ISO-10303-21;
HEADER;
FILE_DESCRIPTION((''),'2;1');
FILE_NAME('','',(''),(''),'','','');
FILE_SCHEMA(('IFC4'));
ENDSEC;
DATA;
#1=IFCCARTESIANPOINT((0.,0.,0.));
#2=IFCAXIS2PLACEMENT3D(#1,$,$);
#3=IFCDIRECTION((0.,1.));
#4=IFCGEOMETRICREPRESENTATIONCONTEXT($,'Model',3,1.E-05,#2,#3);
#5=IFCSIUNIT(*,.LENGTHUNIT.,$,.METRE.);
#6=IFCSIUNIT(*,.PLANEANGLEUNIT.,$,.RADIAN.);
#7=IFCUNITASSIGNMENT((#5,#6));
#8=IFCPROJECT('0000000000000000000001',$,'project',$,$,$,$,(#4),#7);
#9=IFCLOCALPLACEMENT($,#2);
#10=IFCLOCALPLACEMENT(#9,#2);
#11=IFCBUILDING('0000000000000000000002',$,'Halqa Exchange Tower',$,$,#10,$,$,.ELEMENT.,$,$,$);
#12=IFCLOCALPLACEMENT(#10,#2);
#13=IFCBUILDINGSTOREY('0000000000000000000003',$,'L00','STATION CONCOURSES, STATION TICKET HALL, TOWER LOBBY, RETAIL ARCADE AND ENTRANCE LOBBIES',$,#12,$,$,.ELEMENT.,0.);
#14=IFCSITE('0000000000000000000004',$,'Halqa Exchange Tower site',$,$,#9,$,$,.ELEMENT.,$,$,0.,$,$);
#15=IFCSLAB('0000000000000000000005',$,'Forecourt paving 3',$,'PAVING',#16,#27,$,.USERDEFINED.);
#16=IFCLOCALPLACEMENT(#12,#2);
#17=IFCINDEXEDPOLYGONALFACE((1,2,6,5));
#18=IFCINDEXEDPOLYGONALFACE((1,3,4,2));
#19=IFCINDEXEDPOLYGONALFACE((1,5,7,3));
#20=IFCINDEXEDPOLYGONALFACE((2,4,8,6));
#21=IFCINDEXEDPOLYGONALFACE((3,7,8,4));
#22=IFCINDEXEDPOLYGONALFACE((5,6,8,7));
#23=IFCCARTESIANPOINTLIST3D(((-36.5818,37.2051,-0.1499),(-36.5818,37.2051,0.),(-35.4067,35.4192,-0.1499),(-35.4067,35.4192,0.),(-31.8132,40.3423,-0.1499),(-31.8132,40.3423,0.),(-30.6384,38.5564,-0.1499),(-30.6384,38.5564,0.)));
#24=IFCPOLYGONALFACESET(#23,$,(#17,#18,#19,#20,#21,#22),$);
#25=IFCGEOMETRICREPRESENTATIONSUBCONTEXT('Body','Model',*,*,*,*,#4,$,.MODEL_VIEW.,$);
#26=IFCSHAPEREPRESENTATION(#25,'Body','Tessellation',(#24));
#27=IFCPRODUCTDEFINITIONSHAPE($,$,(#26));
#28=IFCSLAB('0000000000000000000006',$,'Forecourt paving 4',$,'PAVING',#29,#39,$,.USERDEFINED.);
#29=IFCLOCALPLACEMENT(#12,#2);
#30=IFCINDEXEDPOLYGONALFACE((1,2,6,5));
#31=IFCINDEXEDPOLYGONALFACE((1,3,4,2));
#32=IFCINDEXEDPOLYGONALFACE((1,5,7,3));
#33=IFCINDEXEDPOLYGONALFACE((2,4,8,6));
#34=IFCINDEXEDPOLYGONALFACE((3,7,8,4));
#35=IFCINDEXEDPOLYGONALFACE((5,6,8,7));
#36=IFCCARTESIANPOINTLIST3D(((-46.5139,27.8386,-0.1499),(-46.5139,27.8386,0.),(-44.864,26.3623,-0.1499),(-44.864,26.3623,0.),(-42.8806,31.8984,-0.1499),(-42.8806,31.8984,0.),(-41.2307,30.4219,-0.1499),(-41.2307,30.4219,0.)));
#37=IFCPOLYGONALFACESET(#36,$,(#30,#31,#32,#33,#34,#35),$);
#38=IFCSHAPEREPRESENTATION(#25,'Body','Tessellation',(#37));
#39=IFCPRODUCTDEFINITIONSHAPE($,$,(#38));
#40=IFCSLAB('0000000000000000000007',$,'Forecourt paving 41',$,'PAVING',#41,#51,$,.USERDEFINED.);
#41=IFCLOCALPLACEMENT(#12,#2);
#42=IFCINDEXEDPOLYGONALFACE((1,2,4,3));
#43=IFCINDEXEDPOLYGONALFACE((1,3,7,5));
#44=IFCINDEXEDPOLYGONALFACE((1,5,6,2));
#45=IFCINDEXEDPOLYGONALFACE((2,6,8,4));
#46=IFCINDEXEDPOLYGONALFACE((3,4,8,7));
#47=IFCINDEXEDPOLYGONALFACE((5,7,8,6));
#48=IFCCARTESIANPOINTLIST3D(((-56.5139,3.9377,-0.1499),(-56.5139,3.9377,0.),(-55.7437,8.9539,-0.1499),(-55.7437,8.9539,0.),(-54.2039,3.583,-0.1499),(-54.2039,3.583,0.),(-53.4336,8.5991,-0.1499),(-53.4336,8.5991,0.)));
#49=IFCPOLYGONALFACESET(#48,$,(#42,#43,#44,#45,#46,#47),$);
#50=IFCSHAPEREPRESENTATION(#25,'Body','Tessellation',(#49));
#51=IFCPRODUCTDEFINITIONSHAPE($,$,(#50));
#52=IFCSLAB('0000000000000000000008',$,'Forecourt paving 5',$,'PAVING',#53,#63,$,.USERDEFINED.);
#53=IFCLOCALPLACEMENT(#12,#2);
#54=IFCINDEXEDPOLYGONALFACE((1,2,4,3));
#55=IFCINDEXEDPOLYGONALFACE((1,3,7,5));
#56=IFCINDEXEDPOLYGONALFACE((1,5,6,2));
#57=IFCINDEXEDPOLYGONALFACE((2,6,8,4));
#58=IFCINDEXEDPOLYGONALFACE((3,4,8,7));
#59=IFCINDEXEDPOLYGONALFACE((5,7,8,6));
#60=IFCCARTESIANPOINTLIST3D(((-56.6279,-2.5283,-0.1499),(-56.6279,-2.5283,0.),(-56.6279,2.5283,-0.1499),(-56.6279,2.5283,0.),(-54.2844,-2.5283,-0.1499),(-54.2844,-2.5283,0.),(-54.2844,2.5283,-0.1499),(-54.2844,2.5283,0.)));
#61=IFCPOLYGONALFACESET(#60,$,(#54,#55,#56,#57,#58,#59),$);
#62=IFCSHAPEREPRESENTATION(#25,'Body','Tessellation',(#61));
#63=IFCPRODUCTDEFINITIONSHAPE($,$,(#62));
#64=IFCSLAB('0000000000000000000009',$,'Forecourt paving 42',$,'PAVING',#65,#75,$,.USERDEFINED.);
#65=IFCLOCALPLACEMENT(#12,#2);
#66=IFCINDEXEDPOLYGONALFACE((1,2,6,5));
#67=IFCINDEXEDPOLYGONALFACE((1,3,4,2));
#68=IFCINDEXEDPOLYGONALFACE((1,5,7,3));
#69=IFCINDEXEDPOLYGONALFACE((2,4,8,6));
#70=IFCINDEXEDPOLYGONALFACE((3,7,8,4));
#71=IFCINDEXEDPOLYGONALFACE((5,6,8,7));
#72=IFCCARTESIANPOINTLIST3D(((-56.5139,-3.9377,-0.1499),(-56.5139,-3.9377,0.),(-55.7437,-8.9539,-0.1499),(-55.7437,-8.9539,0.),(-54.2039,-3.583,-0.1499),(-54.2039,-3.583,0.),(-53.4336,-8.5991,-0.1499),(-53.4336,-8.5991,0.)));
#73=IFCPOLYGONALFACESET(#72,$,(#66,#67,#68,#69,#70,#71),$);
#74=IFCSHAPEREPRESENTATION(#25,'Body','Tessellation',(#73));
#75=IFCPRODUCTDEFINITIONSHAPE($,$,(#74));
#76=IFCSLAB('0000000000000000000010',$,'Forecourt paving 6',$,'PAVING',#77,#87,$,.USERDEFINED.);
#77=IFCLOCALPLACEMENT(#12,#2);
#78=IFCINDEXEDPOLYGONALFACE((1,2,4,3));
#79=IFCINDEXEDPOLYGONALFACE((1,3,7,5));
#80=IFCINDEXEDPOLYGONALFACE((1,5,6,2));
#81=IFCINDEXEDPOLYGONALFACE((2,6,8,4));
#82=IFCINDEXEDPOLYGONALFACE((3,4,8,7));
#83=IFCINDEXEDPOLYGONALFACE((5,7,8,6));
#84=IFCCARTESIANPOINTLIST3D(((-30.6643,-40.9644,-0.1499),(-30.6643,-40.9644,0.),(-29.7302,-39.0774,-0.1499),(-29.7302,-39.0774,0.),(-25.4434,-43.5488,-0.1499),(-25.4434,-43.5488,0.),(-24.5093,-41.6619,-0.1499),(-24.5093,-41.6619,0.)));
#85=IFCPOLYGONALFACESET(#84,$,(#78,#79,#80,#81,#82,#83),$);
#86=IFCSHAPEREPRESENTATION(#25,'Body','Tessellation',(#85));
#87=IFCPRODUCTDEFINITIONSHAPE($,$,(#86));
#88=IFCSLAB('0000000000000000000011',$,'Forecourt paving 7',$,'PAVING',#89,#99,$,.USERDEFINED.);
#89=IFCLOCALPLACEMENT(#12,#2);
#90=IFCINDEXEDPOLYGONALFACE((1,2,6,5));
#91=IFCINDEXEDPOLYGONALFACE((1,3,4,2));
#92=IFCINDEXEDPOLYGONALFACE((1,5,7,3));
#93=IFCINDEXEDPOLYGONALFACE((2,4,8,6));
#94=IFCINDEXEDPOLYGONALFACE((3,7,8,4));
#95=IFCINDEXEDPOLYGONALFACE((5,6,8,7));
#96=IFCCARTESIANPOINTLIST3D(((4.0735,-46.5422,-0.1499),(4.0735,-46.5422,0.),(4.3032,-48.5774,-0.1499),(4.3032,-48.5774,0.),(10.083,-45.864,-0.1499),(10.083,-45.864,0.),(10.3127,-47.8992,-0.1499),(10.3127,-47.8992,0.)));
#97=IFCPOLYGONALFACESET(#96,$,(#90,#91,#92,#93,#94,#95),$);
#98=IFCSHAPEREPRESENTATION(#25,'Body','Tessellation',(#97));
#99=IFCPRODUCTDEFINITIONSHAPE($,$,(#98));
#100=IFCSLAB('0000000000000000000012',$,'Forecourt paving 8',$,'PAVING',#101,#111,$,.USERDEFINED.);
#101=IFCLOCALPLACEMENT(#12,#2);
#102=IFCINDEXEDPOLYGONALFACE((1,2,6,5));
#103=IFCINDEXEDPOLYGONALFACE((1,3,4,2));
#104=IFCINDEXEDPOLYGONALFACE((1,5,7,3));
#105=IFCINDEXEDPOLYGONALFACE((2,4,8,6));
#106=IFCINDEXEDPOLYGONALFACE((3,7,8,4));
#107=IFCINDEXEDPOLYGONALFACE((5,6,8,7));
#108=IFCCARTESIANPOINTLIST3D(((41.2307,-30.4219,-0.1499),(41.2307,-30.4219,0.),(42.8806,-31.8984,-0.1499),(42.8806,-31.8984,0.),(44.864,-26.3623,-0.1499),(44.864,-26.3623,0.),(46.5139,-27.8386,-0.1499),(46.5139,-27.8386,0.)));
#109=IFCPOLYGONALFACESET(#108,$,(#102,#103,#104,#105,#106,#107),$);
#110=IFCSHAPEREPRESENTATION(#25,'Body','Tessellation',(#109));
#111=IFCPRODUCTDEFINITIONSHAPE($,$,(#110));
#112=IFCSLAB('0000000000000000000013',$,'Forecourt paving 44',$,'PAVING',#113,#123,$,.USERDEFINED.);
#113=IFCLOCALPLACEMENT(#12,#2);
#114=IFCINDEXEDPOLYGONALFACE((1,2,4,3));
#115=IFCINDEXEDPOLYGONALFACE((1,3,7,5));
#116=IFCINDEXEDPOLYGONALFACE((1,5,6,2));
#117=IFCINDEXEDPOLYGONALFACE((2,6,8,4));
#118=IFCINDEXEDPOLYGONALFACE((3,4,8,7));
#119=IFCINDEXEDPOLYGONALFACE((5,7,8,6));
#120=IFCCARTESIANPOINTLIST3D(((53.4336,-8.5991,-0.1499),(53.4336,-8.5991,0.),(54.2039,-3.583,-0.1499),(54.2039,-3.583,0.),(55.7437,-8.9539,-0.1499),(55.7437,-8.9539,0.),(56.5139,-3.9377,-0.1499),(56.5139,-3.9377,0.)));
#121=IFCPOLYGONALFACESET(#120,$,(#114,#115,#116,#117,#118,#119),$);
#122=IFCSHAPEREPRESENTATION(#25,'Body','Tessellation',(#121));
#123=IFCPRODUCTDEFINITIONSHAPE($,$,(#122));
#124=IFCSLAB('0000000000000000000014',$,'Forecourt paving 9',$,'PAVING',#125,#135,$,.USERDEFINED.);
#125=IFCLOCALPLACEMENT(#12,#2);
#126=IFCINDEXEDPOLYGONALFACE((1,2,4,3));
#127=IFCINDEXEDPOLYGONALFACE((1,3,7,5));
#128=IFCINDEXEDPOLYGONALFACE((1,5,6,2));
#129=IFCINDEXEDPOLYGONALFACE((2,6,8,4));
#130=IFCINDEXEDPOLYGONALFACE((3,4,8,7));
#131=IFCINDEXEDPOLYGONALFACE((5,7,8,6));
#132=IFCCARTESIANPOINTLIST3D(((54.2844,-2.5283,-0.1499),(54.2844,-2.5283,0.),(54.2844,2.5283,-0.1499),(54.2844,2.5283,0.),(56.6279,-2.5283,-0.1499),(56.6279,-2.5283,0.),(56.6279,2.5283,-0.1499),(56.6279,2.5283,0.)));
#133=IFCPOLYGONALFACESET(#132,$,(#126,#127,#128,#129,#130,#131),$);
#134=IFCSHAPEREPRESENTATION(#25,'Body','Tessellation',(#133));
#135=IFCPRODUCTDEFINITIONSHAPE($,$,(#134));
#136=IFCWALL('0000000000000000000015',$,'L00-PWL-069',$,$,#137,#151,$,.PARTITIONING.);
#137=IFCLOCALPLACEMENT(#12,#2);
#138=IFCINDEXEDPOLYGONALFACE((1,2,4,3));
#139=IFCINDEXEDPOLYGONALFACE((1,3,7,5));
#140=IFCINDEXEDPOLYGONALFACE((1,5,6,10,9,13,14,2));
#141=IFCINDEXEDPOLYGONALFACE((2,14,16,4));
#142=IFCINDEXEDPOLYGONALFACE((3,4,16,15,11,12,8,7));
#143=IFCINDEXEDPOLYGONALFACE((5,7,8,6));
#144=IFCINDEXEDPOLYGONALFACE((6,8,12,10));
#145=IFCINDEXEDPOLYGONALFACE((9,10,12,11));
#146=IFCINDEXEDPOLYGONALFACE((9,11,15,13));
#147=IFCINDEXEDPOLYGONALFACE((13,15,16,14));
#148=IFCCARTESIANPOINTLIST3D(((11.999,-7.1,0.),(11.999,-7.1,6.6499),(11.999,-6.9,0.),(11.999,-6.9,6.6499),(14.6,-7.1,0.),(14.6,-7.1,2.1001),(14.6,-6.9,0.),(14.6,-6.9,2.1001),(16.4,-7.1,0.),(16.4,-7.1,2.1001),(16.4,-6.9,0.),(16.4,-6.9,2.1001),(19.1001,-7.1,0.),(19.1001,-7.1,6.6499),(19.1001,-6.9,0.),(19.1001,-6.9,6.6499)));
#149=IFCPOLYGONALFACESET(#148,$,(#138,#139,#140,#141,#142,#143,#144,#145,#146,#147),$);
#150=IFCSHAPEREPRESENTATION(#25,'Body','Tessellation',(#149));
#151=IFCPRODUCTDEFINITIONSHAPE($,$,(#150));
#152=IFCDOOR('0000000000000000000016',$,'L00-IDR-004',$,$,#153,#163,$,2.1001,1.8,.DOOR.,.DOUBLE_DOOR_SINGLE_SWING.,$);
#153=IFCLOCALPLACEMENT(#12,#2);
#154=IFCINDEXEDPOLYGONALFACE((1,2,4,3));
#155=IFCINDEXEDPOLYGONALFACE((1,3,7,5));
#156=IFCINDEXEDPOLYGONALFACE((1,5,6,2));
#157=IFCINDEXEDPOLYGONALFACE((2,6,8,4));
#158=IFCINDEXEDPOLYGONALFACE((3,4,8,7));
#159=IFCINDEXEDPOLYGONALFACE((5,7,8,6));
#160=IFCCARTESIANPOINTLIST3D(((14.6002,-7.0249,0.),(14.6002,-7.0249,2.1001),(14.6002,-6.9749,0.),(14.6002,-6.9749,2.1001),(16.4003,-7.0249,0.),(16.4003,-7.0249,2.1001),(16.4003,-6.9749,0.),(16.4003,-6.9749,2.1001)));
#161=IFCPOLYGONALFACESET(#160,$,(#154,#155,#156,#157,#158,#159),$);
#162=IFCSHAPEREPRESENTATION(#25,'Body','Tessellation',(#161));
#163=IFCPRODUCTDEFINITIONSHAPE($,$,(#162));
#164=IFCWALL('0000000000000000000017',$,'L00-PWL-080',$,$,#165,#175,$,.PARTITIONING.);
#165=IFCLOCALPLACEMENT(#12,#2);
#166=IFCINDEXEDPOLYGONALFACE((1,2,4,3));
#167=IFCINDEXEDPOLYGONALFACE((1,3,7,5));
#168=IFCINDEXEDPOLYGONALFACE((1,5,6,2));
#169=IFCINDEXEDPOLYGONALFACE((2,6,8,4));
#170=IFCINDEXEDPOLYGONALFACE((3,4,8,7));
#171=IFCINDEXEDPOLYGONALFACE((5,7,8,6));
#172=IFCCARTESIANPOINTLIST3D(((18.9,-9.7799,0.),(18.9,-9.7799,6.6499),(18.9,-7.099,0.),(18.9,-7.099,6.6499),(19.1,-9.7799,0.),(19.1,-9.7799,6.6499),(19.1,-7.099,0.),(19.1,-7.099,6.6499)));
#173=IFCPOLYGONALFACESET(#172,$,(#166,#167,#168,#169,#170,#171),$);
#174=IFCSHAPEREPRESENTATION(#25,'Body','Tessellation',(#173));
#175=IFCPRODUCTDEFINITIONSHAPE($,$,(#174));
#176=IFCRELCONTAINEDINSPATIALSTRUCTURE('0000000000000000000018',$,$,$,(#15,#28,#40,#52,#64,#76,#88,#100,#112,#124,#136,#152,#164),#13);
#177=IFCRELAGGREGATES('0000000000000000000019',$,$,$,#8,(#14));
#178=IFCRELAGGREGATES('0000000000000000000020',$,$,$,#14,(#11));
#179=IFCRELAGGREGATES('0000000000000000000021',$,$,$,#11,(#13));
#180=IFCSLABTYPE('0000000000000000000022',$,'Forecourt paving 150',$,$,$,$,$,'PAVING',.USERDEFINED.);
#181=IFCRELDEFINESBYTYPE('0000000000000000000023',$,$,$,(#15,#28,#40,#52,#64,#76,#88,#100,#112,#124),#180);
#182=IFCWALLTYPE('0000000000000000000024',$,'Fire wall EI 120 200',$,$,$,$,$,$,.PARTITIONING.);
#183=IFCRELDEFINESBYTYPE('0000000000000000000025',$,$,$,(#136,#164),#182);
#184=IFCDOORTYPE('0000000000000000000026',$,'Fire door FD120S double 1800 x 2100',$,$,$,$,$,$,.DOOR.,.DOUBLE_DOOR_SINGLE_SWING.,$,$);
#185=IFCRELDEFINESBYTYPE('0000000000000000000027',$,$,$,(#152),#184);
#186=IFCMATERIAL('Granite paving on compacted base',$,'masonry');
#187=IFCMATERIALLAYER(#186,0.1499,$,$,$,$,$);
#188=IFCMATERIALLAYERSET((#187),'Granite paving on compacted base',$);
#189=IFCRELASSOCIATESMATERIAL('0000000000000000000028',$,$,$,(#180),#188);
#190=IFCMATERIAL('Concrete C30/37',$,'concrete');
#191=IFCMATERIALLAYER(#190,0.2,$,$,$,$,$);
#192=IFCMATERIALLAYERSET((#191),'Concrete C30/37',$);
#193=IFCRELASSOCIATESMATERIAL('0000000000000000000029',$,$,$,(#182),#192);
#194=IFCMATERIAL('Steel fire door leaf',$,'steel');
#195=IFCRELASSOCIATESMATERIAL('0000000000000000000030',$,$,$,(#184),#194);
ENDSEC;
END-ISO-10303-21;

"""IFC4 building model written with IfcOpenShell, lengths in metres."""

from ifc_helpers import new_model, si_unit, direction, frame, frame_2d, origin, place, context, subcontext, project, spatial, polyline, rectangle, outline, extrude, material, layer, layer_set, type_object, element, fill, save


model = new_model("IFC4")

# Units and contexts
model_context = context("Model", 3, precision=1e-05, world=origin(), true_north=direction((0.0, 1.0)))
body_context = subcontext(model_context, "Body", "Model", "MODEL_VIEW")
ifc_project = project(units=[si_unit("LENGTHUNIT", "METRE"), si_unit("PLANEANGLEUNIT", "RADIAN")], contexts=[model_context])

# Site, building, storey
site_placement = place(None, origin())
site = spatial("IfcSite", under=ifc_project, at=site_placement, Name="Halqa Exchange Tower site", CompositionType="ELEMENT", RefElevation=0.0)
building_placement = place(site_placement, origin())
building = spatial("IfcBuilding", under=site, at=building_placement, Name="Halqa Exchange Tower", CompositionType="ELEMENT")
storey_placement = place(building_placement, origin())
storey = spatial("IfcBuildingStorey", under=building, at=storey_placement, Name="L00", Description="STATION CONCOURSES, STATION TICKET HALL, TOWER LOBBY, RETAIL ARCADE AND ENTRANCE LOBBIES", CompositionType="ELEMENT", Elevation=0.0)

# Slabs
ifc_material_1 = material(Name="Granite paving on compacted base", Category="masonry")
ifc_layer_1 = layer(ifc_material_1, 0.1499)
ifc_layer_set_1 = layer_set([ifc_layer_1], Name="Granite paving on compacted base")
slab_type = type_object("IfcSlabType", Name="Forecourt paving 150", ElementType="PAVING", PredefinedType="USERDEFINED", material=ifc_layer_set_1)
slab_1_placement = place(storey_placement, frame((0.0, 0.0, -0.1499)))
element("IfcSlab", 1, at=slab_1_placement, inside=storey, type_object=slab_type, Name="Forecourt paving 3", ObjectType="PAVING", PredefinedType="USERDEFINED", context=body_context, shape_type="SweptSolid", body=[
    extrude(outline(polyline([(-30.6384, 38.5564), (-35.4067, 35.4192), (-36.5818, 37.2051), (-31.8132, 40.3423), (-30.6384, 38.5564)])), origin(), (0.0, 0.0, 1.0), 0.1499),
])
slab_2_placement = place(storey_placement, frame((0.0, 0.0, -0.1499)))
element("IfcSlab", 2, at=slab_2_placement, inside=storey, type_object=slab_type, Name="Forecourt paving 4", ObjectType="PAVING", PredefinedType="USERDEFINED", context=body_context, shape_type="SweptSolid", body=[
    extrude(outline(polyline([(-41.2307, 30.4219), (-44.864, 26.3623), (-46.5139, 27.8386), (-42.8806, 31.8984), (-41.2307, 30.4219)])), origin(), (0.0, 0.0, 1.0), 0.1499),
])
slab_3_placement = place(storey_placement, frame((0.0, 0.0, -0.1499)))
element("IfcSlab", 3, at=slab_3_placement, inside=storey, type_object=slab_type, Name="Forecourt paving 41", ObjectType="PAVING", PredefinedType="USERDEFINED", context=body_context, shape_type="SweptSolid", body=[
    extrude(outline(polyline([(-53.4336, 8.5991), (-54.2039, 3.583), (-56.5139, 3.9377), (-55.7437, 8.9539), (-53.4336, 8.5991)])), origin(), (0.0, 0.0, 1.0), 0.1499),
])
slab_4_placement = place(storey_placement, frame((0.0, 0.0, -0.1499)))
element("IfcSlab", 4, at=slab_4_placement, inside=storey, type_object=slab_type, Name="Forecourt paving 5", ObjectType="PAVING", PredefinedType="USERDEFINED", context=body_context, shape_type="SweptSolid", body=[
    extrude(outline(polyline([(-54.2844, 2.5283), (-54.2844, -2.5283), (-56.6279, -2.5283), (-56.6279, 2.5283), (-54.2844, 2.5283)])), origin(), (0.0, 0.0, 1.0), 0.1499),
])
slab_5_placement = place(storey_placement, frame((0.0, 0.0, -0.1499)))
element("IfcSlab", 5, at=slab_5_placement, inside=storey, type_object=slab_type, Name="Forecourt paving 42", ObjectType="PAVING", PredefinedType="USERDEFINED", context=body_context, shape_type="SweptSolid", body=[
    extrude(outline(polyline([(-54.2039, -3.583), (-53.4336, -8.5991), (-55.7437, -8.9539), (-56.5139, -3.9377), (-54.2039, -3.583)])), origin(), (0.0, 0.0, 1.0), 0.1499),
])
slab_6_placement = place(storey_placement, frame((0.0, 0.0, -0.1499)))
element("IfcSlab", 6, at=slab_6_placement, inside=storey, type_object=slab_type, Name="Forecourt paving 6", ObjectType="PAVING", PredefinedType="USERDEFINED", context=body_context, shape_type="SweptSolid", body=[
    extrude(outline(polyline([(-29.7302, -39.0774), (-24.5093, -41.6619), (-25.4434, -43.5488), (-30.6643, -40.9644), (-29.7302, -39.0774)])), origin(), (0.0, 0.0, 1.0), 0.1499),
])
slab_7_placement = place(storey_placement, frame((0.0, 0.0, -0.1499)))
element("IfcSlab", 7, at=slab_7_placement, inside=storey, type_object=slab_type, Name="Forecourt paving 7", ObjectType="PAVING", PredefinedType="USERDEFINED", context=body_context, shape_type="SweptSolid", body=[
    extrude(outline(polyline([(4.0735, -46.5422), (10.083, -45.864), (10.3127, -47.8992), (4.3032, -48.5774), (4.0735, -46.5422)])), origin(), (0.0, 0.0, 1.0), 0.1499),
])
slab_8_placement = place(storey_placement, frame((0.0, 0.0, -0.1499)))
element("IfcSlab", 8, at=slab_8_placement, inside=storey, type_object=slab_type, Name="Forecourt paving 8", ObjectType="PAVING", PredefinedType="USERDEFINED", context=body_context, shape_type="SweptSolid", body=[
    extrude(outline(polyline([(41.2307, -30.4219), (44.864, -26.3623), (46.5139, -27.8386), (42.8806, -31.8984), (41.2307, -30.4219)])), origin(), (0.0, 0.0, 1.0), 0.1499),
])
slab_9_placement = place(storey_placement, frame((0.0, 0.0, -0.1499)))
element("IfcSlab", 9, at=slab_9_placement, inside=storey, type_object=slab_type, Name="Forecourt paving 44", ObjectType="PAVING", PredefinedType="USERDEFINED", context=body_context, shape_type="SweptSolid", body=[
    extrude(outline(polyline([(53.4336, -8.5991), (54.2039, -3.583), (56.5139, -3.9377), (55.7437, -8.9539), (53.4336, -8.5991)])), origin(), (0.0, 0.0, 1.0), 0.1499),
])
slab_10_placement = place(storey_placement, frame((0.0, 0.0, -0.1499)))
element("IfcSlab", 10, at=slab_10_placement, inside=storey, type_object=slab_type, Name="Forecourt paving 9", ObjectType="PAVING", PredefinedType="USERDEFINED", context=body_context, shape_type="SweptSolid", body=[
    extrude(outline(polyline([(54.2844, -2.5283), (54.2844, 2.5283), (56.6279, 2.5283), (56.6279, -2.5283), (54.2844, -2.5283)])), origin(), (0.0, 0.0, 1.0), 0.1499),
])

# Wall, opening, door
ifc_material_2 = material(Name="Concrete C30/37", Category="concrete")
ifc_layer_2 = layer(ifc_material_2, 0.2)
ifc_layer_set_2 = layer_set([ifc_layer_2], Name="Concrete C30/37")
wall_type_1 = type_object("IfcWallType", Name="Fire wall EI 120 200", PredefinedType="PARTITIONING", material=ifc_layer_set_2)
wall_1_placement = place(storey_placement, frame((11.999, -7.0, 0.0), z_axis=(0.0, 0.0, 1.0), x_axis=(1.0, 0.0, 0.0)))
wall_1 = element("IfcWall", 11, at=wall_1_placement, inside=storey, type_object=wall_type_1, Name="L00-PWL-069", PredefinedType="PARTITIONING", context=body_context, shape_type="SweptSolid", body=[
    extrude(rectangle(XDim=7.1011, YDim=0.2, at=frame_2d((3.5505, 0.0))), origin(), (0.0, 0.0, 1.0), 6.6499),
])
opening_1_placement = place(wall_1_placement, frame((2.6011, 0.0, 0.0)))
opening_1 = element("IfcOpeningElement", 12, at=opening_1_placement, cuts=wall_1, PredefinedType="OPENING", context=body_context, shape_type="SweptSolid", body=[
    extrude(rectangle(XDim=1.8, YDim=2.1001, at=frame_2d((0.8999, 1.05))), frame((0.0, 0.1121, 0.0), z_axis=(0.0, -1.0, 0.0), x_axis=(1.0, 0.0, 0.0)), (0.0, 0.0, 1.0), 0.2239),
])
ifc_material_3 = material(Name="Steel fire door leaf", Category="steel")
door_type_1 = type_object("IfcDoorType", Name="Fire door FD120S double 1800 x 2100", OperationType="DOUBLE_DOOR_SINGLE_SWING", PredefinedType="DOOR", material=ifc_material_3)
door_1_placement = place(opening_1_placement, frame((1.8, 0.0, 0.0), z_axis=(0.0, 0.0, 1.0), x_axis=(-1.0, 0.0, 0.0)))
door_1 = element("IfcDoor", 13, at=door_1_placement, inside=storey, type_object=door_type_1, Name="L00-IDR-004", OperationType="DOUBLE_DOOR_SINGLE_SWING", OverallHeight=2.1001, OverallWidth=1.8, PredefinedType="DOOR", context=body_context, shape_type="SweptSolid", body=[
    extrude(rectangle(XDim=1.8, YDim=2.1001, at=frame_2d((0.8999, 1.05))), frame((0.0, 0.0249, 0.0), z_axis=(0.0, -1.0, 0.0), x_axis=(1.0, 0.0, 0.0)), (0.0, 0.0, 1.0), 0.05),
])
fill(opening_1, door_1)

# Wall
wall_2_placement = place(storey_placement, frame((19.0, -7.0991, 0.0), z_axis=(0.0, 0.0, 1.0), x_axis=(0.0, -1.0, 0.0)))
element("IfcWall", 14, at=wall_2_placement, inside=storey, type_object=wall_type_1, Name="L00-PWL-080", PredefinedType="PARTITIONING", context=body_context, shape_type="SweptSolid", body=[
    extrude(rectangle(XDim=2.6809, YDim=0.2, at=frame_2d((1.3403, 0.0))), origin(), (0.0, 0.0, 1.0), 6.6499),
])

save(model, "model.ifc")
